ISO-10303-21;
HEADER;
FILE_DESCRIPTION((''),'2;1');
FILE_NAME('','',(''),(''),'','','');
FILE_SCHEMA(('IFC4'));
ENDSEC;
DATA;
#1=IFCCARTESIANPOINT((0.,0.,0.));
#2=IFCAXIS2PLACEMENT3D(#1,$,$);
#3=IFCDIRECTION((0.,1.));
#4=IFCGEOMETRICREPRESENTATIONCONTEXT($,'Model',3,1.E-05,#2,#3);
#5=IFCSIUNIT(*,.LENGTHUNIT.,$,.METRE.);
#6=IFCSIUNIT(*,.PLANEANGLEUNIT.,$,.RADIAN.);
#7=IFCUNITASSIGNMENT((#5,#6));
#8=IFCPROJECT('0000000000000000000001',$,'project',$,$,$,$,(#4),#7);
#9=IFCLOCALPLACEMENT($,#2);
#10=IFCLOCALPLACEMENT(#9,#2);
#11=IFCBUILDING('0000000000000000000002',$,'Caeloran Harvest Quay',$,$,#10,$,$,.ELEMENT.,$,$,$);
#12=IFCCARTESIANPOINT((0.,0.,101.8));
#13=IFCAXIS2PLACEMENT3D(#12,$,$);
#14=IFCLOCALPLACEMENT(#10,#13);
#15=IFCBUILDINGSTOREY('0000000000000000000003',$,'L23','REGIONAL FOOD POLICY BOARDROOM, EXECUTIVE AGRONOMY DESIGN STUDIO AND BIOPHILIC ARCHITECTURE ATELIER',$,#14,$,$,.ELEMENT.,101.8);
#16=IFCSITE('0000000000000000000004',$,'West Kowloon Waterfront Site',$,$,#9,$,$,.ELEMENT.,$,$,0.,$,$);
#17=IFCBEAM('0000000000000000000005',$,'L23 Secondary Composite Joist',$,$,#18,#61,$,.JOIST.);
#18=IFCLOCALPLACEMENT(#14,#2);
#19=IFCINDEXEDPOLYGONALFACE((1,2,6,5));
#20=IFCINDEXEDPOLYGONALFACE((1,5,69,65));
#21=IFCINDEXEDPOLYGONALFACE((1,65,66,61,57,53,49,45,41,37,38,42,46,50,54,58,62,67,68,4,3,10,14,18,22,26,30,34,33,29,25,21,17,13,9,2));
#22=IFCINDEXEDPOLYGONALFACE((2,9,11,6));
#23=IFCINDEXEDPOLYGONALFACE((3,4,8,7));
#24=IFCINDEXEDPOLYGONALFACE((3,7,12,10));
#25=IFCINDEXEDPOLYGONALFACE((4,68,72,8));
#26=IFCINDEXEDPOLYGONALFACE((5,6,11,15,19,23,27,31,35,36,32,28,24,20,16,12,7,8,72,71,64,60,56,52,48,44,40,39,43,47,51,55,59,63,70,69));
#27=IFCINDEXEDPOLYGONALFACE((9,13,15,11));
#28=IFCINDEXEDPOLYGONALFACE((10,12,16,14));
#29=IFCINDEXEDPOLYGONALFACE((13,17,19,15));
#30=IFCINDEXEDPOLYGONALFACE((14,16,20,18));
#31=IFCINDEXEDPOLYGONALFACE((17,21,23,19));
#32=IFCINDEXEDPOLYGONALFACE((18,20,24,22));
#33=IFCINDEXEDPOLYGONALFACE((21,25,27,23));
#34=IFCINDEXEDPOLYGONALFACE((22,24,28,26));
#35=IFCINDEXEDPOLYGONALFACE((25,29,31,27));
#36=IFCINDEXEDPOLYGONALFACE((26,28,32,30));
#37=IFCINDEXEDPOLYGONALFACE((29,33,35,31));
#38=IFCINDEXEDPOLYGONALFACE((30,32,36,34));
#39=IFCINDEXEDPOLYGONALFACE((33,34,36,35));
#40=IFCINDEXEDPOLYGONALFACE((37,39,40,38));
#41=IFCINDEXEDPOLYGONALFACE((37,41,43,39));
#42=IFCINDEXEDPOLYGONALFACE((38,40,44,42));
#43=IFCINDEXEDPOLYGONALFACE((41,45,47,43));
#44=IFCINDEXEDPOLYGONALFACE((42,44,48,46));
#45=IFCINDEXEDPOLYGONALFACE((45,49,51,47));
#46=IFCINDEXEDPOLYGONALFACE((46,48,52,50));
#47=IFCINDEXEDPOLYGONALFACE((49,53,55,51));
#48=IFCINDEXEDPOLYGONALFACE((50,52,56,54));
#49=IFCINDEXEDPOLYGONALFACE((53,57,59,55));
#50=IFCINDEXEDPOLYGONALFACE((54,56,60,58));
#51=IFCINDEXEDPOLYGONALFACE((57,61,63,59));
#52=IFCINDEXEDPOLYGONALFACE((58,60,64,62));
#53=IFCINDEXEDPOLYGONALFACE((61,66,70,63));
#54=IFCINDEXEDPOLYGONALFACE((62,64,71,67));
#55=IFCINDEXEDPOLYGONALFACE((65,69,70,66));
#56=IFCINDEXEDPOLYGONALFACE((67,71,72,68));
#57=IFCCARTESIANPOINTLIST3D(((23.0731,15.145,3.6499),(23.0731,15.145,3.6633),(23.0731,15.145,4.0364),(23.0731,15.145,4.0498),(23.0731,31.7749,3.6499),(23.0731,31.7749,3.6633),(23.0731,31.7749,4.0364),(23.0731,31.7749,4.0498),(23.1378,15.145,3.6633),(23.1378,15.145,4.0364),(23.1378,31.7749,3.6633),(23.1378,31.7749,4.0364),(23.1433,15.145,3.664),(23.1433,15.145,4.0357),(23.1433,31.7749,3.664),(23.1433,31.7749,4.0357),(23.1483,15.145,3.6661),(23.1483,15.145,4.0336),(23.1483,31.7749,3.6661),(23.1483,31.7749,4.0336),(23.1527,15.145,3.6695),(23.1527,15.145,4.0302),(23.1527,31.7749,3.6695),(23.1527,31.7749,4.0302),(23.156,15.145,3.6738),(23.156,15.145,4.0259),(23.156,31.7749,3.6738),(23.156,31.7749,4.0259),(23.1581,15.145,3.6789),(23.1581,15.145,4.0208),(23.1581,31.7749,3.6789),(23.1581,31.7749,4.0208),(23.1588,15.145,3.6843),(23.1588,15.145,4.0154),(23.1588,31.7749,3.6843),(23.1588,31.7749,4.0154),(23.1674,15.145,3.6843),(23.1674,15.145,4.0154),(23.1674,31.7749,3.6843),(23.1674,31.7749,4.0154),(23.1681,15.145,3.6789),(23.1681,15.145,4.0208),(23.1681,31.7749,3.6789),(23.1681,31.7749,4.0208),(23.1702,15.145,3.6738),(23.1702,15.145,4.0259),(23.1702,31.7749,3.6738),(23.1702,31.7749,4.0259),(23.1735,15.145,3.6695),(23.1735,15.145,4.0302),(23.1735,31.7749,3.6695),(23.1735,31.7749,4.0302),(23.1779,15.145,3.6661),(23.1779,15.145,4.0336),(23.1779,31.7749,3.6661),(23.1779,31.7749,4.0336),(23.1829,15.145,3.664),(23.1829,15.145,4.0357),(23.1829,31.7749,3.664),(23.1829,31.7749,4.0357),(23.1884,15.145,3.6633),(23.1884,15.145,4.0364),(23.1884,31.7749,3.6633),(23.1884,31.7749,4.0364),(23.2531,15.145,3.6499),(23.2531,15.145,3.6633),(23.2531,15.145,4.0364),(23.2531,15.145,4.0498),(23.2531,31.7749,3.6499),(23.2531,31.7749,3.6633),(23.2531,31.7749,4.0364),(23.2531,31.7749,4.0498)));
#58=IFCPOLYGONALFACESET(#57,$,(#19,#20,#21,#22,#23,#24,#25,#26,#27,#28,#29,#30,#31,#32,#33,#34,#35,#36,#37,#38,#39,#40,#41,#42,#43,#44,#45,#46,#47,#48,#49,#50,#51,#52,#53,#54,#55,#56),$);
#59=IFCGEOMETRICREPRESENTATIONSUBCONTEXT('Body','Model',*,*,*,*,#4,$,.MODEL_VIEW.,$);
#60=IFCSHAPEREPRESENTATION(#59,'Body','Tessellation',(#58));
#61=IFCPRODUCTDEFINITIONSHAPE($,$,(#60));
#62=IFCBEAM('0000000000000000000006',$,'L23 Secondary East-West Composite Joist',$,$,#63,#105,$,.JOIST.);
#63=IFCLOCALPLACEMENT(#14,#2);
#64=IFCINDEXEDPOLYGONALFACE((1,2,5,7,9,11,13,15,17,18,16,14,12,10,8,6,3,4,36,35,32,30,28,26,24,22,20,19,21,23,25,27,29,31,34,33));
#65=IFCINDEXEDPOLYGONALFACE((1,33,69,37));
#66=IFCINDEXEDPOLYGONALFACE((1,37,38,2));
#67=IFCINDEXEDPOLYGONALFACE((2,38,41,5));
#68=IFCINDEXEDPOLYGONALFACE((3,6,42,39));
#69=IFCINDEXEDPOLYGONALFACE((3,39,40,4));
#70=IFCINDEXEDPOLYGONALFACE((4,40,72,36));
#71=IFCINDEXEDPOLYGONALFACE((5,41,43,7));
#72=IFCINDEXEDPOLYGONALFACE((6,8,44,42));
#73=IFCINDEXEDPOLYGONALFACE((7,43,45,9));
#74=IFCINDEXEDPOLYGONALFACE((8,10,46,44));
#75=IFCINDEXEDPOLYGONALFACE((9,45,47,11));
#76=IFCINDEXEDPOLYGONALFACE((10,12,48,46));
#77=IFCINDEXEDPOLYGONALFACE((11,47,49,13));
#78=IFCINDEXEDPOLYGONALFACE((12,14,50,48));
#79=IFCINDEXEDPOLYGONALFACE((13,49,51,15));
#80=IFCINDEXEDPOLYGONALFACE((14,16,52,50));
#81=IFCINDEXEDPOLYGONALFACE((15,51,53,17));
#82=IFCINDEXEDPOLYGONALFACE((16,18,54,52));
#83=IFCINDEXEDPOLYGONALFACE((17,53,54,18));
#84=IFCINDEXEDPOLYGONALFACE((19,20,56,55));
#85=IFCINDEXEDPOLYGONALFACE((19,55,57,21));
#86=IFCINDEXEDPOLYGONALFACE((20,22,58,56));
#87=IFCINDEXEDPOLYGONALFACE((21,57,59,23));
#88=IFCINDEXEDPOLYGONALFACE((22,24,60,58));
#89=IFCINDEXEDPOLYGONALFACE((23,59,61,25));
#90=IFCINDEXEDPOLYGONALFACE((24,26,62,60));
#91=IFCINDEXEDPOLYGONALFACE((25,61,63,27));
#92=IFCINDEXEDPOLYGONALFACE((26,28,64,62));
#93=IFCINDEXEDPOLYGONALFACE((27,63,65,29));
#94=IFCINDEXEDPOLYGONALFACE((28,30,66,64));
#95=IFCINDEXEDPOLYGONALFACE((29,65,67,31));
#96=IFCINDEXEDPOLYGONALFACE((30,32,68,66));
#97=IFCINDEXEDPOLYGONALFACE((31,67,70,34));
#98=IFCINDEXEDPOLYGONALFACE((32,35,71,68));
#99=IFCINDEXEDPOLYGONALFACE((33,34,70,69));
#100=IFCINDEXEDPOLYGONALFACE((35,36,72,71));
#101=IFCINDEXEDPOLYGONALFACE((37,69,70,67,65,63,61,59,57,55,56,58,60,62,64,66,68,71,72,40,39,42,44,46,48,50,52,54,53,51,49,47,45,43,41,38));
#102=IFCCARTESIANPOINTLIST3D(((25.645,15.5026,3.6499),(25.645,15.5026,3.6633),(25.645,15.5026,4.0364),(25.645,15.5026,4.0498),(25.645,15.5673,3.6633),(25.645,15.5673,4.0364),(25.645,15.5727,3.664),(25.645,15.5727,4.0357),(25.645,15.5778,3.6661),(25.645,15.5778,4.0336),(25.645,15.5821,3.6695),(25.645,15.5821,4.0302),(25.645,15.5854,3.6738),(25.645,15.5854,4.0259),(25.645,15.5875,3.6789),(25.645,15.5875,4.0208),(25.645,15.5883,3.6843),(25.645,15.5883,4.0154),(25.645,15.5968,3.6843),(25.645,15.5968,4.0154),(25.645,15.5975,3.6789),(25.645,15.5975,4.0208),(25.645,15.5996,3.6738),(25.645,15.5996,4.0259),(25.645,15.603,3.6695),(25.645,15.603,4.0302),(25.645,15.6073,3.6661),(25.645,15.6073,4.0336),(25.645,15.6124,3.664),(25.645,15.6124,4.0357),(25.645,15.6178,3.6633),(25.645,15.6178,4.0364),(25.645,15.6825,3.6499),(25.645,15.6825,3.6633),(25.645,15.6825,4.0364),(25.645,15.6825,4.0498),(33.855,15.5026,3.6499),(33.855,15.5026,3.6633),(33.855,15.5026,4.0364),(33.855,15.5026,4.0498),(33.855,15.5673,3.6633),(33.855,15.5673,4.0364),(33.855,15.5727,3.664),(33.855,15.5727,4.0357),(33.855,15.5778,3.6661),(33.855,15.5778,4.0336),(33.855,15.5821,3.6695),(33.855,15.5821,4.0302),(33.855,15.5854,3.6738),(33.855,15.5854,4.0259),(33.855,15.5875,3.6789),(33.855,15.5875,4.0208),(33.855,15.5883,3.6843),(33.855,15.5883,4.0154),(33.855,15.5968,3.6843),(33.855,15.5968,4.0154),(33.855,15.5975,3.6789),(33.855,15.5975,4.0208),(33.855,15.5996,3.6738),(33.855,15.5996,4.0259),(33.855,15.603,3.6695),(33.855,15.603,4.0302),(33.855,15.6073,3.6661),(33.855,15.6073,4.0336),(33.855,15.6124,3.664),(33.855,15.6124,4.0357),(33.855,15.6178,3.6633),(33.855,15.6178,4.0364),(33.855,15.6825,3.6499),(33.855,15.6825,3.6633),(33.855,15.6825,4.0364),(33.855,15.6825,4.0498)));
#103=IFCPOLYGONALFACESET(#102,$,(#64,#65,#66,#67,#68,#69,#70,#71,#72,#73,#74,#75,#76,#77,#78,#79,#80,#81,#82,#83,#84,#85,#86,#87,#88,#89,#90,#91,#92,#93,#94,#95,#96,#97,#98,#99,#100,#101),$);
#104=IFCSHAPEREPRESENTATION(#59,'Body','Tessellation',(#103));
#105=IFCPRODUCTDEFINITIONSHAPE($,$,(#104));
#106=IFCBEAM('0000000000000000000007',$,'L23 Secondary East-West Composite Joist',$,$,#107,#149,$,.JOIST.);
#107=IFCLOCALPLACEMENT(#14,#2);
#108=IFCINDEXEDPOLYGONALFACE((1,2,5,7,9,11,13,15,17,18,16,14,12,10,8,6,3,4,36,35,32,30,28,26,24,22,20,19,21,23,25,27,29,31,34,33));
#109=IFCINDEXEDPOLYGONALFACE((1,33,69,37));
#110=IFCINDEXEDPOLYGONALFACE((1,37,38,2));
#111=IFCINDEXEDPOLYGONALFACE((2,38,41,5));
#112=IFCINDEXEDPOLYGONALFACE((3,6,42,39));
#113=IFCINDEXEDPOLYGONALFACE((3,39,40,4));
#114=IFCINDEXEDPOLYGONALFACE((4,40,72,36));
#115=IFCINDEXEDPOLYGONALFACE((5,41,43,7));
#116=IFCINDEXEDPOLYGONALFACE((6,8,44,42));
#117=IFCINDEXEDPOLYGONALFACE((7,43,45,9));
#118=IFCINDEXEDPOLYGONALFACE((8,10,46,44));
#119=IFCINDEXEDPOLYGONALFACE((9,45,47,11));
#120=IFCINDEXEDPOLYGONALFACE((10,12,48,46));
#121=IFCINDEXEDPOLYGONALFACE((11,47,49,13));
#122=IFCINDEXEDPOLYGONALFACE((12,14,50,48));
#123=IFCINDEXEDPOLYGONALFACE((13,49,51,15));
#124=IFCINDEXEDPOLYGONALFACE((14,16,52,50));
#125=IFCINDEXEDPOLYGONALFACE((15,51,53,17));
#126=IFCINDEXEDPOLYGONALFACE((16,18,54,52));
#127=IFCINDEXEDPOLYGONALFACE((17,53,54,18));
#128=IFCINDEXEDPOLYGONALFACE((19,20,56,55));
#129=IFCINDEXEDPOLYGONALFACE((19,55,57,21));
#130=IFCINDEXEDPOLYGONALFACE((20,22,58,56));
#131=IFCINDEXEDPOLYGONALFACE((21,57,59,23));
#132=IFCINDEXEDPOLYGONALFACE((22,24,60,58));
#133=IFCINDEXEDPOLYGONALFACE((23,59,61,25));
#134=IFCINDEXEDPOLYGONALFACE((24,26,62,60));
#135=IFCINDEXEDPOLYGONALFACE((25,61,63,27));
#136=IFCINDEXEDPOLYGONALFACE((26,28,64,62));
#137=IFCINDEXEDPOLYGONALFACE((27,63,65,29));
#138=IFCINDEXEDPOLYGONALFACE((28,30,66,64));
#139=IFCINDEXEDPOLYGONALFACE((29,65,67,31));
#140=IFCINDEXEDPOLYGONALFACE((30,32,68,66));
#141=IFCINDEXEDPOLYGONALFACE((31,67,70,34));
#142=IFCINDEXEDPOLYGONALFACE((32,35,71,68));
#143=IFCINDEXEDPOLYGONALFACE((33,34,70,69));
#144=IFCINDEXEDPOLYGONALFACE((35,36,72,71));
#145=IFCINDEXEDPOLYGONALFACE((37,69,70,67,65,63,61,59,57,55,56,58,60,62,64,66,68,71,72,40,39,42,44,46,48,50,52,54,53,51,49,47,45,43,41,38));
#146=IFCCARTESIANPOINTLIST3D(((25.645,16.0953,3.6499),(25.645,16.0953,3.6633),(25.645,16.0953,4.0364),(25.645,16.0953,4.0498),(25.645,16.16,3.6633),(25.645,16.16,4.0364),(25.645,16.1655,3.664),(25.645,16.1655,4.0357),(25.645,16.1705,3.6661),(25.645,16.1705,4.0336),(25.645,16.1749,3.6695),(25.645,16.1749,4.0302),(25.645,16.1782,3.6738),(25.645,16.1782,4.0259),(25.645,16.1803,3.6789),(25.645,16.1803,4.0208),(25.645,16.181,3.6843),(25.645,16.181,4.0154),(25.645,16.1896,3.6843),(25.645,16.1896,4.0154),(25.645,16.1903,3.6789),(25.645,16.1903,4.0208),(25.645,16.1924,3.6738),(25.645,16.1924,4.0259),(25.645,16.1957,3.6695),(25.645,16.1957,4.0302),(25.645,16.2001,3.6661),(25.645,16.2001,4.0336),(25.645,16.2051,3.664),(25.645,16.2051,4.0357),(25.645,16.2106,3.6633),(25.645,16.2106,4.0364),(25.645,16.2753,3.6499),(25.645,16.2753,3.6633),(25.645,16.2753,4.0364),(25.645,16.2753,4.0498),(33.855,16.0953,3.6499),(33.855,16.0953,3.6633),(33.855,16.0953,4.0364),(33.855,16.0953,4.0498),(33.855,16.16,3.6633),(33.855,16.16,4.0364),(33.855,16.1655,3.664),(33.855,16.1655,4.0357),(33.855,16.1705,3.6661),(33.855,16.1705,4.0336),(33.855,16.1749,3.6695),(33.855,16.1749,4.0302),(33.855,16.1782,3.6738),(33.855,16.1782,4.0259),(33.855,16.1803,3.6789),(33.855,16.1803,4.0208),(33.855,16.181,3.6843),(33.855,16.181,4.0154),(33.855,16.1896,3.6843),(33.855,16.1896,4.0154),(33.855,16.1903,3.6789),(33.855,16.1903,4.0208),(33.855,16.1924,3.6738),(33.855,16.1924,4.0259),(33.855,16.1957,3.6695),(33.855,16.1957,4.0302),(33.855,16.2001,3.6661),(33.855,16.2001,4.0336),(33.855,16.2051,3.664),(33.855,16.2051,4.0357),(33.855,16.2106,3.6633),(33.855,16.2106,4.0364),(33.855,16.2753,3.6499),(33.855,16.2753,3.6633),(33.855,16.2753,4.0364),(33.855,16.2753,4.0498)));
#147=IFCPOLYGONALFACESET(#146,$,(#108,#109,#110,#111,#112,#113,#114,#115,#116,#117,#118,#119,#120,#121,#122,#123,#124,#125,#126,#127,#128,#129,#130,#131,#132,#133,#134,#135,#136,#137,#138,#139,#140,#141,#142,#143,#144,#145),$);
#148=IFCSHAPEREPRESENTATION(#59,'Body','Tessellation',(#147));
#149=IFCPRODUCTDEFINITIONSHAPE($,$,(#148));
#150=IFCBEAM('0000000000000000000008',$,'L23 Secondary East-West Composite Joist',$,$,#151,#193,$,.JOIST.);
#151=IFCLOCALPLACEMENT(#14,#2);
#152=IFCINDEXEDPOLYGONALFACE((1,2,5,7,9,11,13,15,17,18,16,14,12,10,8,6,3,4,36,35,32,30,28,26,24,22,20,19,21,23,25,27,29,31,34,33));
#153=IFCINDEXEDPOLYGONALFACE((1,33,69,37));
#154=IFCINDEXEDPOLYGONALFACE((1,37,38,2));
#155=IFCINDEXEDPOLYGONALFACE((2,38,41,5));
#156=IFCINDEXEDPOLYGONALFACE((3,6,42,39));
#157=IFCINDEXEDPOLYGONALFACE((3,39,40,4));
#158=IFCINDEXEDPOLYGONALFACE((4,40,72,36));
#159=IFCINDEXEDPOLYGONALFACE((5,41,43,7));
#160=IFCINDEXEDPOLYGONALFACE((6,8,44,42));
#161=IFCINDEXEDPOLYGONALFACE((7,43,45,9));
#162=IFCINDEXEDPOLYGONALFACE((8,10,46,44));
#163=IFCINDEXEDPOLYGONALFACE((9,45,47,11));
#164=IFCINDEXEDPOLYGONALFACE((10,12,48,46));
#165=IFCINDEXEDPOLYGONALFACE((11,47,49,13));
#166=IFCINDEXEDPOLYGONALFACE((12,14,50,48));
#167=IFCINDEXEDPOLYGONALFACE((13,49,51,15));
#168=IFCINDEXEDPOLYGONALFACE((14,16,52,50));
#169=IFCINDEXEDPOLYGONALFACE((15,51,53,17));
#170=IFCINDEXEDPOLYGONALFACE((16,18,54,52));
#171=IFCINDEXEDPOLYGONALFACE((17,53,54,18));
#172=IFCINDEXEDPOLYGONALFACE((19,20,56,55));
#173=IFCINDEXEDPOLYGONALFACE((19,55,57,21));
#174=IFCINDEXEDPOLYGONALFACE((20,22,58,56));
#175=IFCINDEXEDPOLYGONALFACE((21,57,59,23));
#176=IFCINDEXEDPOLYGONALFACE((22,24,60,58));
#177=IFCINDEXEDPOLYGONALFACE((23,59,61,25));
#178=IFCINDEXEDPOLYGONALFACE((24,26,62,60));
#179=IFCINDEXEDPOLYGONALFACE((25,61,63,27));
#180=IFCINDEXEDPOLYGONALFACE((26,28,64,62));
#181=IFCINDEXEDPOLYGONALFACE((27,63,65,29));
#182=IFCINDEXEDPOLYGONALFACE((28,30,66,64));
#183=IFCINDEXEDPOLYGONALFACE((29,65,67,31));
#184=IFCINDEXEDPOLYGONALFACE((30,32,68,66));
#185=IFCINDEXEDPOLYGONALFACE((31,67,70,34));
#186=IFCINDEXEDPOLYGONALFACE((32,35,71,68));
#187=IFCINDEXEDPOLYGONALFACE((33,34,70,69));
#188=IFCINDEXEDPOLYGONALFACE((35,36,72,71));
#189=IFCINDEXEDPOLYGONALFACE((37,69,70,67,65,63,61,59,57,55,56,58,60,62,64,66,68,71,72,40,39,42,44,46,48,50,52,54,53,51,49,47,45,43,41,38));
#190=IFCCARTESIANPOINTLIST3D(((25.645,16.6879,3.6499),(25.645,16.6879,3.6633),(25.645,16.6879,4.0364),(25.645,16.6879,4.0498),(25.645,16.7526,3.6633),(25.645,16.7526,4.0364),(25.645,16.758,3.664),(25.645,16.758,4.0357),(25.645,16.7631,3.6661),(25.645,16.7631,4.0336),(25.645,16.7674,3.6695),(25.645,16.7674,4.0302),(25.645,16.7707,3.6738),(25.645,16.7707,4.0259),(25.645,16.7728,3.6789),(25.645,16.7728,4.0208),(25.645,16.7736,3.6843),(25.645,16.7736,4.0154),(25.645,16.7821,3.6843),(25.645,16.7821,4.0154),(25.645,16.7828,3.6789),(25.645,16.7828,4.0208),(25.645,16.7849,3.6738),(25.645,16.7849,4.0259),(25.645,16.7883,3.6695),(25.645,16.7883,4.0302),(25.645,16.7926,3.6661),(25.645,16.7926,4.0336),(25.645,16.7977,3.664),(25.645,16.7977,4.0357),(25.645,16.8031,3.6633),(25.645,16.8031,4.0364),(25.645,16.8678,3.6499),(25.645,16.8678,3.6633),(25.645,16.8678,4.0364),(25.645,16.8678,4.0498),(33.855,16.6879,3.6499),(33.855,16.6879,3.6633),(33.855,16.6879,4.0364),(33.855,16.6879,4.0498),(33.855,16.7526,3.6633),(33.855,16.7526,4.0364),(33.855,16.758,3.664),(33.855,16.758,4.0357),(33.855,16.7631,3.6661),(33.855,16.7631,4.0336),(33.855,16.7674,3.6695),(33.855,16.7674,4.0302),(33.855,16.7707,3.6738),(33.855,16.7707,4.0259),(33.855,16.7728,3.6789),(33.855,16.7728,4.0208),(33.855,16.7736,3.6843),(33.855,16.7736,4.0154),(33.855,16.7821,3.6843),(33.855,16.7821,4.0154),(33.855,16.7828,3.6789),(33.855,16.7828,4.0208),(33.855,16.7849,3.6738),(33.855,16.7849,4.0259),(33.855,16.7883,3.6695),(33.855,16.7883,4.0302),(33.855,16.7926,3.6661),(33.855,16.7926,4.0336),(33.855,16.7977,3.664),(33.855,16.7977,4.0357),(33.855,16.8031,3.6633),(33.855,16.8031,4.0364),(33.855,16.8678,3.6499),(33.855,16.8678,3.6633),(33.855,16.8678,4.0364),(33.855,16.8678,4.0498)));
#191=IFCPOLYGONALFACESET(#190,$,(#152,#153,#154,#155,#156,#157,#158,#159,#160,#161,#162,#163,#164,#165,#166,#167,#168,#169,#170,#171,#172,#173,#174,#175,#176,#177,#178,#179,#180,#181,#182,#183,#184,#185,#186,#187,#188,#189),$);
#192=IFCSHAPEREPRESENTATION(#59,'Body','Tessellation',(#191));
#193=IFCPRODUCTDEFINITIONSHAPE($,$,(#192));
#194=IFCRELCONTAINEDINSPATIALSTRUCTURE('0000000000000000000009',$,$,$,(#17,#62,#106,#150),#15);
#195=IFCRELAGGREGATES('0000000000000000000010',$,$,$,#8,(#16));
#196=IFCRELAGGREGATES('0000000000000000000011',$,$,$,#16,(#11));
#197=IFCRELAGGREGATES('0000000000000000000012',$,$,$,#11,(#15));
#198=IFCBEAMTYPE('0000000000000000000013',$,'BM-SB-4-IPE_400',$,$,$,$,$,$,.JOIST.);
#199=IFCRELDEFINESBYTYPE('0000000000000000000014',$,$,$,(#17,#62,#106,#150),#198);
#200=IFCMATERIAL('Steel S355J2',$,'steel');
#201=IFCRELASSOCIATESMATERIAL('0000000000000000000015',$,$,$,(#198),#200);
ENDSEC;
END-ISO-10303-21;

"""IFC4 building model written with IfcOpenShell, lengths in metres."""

from ifc_helpers import new_model, si_unit, direction, frame, origin, origin_2d, place, context, subcontext, project, spatial, i_section, extrude, material, material_profile, profile_set, type_object, element, save


model = new_model("IFC4")

# Units and contexts
model_context = context("Model", 3, precision=1e-05, world=origin(), true_north=direction((0.0, 1.0)))
body_context = subcontext(model_context, "Body", "Model", "MODEL_VIEW")
ifc_project = project(units=[si_unit("LENGTHUNIT", "METRE"), si_unit("PLANEANGLEUNIT", "RADIAN")], contexts=[model_context])

# Site, building, storey
site_placement = place(None, origin())
site = spatial("IfcSite", under=ifc_project, at=site_placement, Name="West Kowloon Waterfront Site", CompositionType="ELEMENT", RefElevation=0.0)
building_placement = place(site_placement, origin())
building = spatial("IfcBuilding", under=site, at=building_placement, Name="Caeloran Harvest Quay", CompositionType="ELEMENT")
storey_placement = place(building_placement, frame((0.0, 0.0, 101.8)))
storey = spatial("IfcBuildingStorey", under=building, at=storey_placement, Name="L23", Description="REGIONAL FOOD POLICY BOARDROOM, EXECUTIVE AGRONOMY DESIGN STUDIO AND BIOPHILIC ARCHITECTURE ATELIER", CompositionType="ELEMENT", Elevation=101.8)

# Beams
ifc_material_1 = material(Name="Steel S355J2", Category="steel")
ifc_material_profile_1 = material_profile(ifc_material_1, i_section(OverallWidth=0.1799, OverallDepth=0.3999, WebThickness=0.0085, FlangeThickness=0.0134, FilletRadius=0.021, at=origin_2d()), Name="IPE 400")
ifc_profile_set_1 = profile_set([ifc_material_profile_1], Name="Steel S355J2")
beam_type_1 = type_object("IfcBeamType", Name="BM-SB-4-IPE_400", PredefinedType="JOIST", material=ifc_profile_set_1)
for number, where, z_axis, x_axis, name in (
    (1, (23.1631, 15.145, 3.8499), (0.0, 1.0, 0.0), (-1.0, 0.0, 0.0), "L23 Secondary Composite Joist"),
):
    element("IfcBeam", number, at=place(storey_placement, frame(where, z_axis=z_axis, x_axis=x_axis)), inside=storey, type_object=beam_type_1, Name=name, PredefinedType="JOIST", context=body_context, shape_type="SweptSolid", body=[
        extrude(i_section(OverallWidth=0.1799, OverallDepth=0.3999, WebThickness=0.0085, FlangeThickness=0.0134, FilletRadius=0.021, at=origin_2d()), origin(), (0.0, 0.0, 1.0), 16.6299),
    ])
for number, where, z_axis, x_axis, name in (
    (2, (25.645, 15.5925, 3.8499), (1.0, 0.0, 0.0), (0.0, 1.0, 0.0), "L23 Secondary East-West Composite Joist"),
    (3, (25.645, 16.1853, 3.8499), (1.0, 0.0, 0.0), (0.0, 1.0, 0.0), "L23 Secondary East-West Composite Joist"),
    (4, (25.645, 16.7778, 3.8499), (1.0, 0.0, 0.0), (0.0, 1.0, 0.0), "L23 Secondary East-West Composite Joist"),
):
    element("IfcBeam", number, at=place(storey_placement, frame(where, z_axis=z_axis, x_axis=x_axis)), inside=storey, type_object=beam_type_1, Name=name, PredefinedType="JOIST", context=body_context, shape_type="SweptSolid", body=[
        extrude(i_section(OverallWidth=0.1799, OverallDepth=0.3999, WebThickness=0.0085, FlangeThickness=0.0134, FilletRadius=0.021, at=origin_2d()), origin(), (0.0, 0.0, 1.0), 8.21),
    ])

save(model, "model.ifc")
